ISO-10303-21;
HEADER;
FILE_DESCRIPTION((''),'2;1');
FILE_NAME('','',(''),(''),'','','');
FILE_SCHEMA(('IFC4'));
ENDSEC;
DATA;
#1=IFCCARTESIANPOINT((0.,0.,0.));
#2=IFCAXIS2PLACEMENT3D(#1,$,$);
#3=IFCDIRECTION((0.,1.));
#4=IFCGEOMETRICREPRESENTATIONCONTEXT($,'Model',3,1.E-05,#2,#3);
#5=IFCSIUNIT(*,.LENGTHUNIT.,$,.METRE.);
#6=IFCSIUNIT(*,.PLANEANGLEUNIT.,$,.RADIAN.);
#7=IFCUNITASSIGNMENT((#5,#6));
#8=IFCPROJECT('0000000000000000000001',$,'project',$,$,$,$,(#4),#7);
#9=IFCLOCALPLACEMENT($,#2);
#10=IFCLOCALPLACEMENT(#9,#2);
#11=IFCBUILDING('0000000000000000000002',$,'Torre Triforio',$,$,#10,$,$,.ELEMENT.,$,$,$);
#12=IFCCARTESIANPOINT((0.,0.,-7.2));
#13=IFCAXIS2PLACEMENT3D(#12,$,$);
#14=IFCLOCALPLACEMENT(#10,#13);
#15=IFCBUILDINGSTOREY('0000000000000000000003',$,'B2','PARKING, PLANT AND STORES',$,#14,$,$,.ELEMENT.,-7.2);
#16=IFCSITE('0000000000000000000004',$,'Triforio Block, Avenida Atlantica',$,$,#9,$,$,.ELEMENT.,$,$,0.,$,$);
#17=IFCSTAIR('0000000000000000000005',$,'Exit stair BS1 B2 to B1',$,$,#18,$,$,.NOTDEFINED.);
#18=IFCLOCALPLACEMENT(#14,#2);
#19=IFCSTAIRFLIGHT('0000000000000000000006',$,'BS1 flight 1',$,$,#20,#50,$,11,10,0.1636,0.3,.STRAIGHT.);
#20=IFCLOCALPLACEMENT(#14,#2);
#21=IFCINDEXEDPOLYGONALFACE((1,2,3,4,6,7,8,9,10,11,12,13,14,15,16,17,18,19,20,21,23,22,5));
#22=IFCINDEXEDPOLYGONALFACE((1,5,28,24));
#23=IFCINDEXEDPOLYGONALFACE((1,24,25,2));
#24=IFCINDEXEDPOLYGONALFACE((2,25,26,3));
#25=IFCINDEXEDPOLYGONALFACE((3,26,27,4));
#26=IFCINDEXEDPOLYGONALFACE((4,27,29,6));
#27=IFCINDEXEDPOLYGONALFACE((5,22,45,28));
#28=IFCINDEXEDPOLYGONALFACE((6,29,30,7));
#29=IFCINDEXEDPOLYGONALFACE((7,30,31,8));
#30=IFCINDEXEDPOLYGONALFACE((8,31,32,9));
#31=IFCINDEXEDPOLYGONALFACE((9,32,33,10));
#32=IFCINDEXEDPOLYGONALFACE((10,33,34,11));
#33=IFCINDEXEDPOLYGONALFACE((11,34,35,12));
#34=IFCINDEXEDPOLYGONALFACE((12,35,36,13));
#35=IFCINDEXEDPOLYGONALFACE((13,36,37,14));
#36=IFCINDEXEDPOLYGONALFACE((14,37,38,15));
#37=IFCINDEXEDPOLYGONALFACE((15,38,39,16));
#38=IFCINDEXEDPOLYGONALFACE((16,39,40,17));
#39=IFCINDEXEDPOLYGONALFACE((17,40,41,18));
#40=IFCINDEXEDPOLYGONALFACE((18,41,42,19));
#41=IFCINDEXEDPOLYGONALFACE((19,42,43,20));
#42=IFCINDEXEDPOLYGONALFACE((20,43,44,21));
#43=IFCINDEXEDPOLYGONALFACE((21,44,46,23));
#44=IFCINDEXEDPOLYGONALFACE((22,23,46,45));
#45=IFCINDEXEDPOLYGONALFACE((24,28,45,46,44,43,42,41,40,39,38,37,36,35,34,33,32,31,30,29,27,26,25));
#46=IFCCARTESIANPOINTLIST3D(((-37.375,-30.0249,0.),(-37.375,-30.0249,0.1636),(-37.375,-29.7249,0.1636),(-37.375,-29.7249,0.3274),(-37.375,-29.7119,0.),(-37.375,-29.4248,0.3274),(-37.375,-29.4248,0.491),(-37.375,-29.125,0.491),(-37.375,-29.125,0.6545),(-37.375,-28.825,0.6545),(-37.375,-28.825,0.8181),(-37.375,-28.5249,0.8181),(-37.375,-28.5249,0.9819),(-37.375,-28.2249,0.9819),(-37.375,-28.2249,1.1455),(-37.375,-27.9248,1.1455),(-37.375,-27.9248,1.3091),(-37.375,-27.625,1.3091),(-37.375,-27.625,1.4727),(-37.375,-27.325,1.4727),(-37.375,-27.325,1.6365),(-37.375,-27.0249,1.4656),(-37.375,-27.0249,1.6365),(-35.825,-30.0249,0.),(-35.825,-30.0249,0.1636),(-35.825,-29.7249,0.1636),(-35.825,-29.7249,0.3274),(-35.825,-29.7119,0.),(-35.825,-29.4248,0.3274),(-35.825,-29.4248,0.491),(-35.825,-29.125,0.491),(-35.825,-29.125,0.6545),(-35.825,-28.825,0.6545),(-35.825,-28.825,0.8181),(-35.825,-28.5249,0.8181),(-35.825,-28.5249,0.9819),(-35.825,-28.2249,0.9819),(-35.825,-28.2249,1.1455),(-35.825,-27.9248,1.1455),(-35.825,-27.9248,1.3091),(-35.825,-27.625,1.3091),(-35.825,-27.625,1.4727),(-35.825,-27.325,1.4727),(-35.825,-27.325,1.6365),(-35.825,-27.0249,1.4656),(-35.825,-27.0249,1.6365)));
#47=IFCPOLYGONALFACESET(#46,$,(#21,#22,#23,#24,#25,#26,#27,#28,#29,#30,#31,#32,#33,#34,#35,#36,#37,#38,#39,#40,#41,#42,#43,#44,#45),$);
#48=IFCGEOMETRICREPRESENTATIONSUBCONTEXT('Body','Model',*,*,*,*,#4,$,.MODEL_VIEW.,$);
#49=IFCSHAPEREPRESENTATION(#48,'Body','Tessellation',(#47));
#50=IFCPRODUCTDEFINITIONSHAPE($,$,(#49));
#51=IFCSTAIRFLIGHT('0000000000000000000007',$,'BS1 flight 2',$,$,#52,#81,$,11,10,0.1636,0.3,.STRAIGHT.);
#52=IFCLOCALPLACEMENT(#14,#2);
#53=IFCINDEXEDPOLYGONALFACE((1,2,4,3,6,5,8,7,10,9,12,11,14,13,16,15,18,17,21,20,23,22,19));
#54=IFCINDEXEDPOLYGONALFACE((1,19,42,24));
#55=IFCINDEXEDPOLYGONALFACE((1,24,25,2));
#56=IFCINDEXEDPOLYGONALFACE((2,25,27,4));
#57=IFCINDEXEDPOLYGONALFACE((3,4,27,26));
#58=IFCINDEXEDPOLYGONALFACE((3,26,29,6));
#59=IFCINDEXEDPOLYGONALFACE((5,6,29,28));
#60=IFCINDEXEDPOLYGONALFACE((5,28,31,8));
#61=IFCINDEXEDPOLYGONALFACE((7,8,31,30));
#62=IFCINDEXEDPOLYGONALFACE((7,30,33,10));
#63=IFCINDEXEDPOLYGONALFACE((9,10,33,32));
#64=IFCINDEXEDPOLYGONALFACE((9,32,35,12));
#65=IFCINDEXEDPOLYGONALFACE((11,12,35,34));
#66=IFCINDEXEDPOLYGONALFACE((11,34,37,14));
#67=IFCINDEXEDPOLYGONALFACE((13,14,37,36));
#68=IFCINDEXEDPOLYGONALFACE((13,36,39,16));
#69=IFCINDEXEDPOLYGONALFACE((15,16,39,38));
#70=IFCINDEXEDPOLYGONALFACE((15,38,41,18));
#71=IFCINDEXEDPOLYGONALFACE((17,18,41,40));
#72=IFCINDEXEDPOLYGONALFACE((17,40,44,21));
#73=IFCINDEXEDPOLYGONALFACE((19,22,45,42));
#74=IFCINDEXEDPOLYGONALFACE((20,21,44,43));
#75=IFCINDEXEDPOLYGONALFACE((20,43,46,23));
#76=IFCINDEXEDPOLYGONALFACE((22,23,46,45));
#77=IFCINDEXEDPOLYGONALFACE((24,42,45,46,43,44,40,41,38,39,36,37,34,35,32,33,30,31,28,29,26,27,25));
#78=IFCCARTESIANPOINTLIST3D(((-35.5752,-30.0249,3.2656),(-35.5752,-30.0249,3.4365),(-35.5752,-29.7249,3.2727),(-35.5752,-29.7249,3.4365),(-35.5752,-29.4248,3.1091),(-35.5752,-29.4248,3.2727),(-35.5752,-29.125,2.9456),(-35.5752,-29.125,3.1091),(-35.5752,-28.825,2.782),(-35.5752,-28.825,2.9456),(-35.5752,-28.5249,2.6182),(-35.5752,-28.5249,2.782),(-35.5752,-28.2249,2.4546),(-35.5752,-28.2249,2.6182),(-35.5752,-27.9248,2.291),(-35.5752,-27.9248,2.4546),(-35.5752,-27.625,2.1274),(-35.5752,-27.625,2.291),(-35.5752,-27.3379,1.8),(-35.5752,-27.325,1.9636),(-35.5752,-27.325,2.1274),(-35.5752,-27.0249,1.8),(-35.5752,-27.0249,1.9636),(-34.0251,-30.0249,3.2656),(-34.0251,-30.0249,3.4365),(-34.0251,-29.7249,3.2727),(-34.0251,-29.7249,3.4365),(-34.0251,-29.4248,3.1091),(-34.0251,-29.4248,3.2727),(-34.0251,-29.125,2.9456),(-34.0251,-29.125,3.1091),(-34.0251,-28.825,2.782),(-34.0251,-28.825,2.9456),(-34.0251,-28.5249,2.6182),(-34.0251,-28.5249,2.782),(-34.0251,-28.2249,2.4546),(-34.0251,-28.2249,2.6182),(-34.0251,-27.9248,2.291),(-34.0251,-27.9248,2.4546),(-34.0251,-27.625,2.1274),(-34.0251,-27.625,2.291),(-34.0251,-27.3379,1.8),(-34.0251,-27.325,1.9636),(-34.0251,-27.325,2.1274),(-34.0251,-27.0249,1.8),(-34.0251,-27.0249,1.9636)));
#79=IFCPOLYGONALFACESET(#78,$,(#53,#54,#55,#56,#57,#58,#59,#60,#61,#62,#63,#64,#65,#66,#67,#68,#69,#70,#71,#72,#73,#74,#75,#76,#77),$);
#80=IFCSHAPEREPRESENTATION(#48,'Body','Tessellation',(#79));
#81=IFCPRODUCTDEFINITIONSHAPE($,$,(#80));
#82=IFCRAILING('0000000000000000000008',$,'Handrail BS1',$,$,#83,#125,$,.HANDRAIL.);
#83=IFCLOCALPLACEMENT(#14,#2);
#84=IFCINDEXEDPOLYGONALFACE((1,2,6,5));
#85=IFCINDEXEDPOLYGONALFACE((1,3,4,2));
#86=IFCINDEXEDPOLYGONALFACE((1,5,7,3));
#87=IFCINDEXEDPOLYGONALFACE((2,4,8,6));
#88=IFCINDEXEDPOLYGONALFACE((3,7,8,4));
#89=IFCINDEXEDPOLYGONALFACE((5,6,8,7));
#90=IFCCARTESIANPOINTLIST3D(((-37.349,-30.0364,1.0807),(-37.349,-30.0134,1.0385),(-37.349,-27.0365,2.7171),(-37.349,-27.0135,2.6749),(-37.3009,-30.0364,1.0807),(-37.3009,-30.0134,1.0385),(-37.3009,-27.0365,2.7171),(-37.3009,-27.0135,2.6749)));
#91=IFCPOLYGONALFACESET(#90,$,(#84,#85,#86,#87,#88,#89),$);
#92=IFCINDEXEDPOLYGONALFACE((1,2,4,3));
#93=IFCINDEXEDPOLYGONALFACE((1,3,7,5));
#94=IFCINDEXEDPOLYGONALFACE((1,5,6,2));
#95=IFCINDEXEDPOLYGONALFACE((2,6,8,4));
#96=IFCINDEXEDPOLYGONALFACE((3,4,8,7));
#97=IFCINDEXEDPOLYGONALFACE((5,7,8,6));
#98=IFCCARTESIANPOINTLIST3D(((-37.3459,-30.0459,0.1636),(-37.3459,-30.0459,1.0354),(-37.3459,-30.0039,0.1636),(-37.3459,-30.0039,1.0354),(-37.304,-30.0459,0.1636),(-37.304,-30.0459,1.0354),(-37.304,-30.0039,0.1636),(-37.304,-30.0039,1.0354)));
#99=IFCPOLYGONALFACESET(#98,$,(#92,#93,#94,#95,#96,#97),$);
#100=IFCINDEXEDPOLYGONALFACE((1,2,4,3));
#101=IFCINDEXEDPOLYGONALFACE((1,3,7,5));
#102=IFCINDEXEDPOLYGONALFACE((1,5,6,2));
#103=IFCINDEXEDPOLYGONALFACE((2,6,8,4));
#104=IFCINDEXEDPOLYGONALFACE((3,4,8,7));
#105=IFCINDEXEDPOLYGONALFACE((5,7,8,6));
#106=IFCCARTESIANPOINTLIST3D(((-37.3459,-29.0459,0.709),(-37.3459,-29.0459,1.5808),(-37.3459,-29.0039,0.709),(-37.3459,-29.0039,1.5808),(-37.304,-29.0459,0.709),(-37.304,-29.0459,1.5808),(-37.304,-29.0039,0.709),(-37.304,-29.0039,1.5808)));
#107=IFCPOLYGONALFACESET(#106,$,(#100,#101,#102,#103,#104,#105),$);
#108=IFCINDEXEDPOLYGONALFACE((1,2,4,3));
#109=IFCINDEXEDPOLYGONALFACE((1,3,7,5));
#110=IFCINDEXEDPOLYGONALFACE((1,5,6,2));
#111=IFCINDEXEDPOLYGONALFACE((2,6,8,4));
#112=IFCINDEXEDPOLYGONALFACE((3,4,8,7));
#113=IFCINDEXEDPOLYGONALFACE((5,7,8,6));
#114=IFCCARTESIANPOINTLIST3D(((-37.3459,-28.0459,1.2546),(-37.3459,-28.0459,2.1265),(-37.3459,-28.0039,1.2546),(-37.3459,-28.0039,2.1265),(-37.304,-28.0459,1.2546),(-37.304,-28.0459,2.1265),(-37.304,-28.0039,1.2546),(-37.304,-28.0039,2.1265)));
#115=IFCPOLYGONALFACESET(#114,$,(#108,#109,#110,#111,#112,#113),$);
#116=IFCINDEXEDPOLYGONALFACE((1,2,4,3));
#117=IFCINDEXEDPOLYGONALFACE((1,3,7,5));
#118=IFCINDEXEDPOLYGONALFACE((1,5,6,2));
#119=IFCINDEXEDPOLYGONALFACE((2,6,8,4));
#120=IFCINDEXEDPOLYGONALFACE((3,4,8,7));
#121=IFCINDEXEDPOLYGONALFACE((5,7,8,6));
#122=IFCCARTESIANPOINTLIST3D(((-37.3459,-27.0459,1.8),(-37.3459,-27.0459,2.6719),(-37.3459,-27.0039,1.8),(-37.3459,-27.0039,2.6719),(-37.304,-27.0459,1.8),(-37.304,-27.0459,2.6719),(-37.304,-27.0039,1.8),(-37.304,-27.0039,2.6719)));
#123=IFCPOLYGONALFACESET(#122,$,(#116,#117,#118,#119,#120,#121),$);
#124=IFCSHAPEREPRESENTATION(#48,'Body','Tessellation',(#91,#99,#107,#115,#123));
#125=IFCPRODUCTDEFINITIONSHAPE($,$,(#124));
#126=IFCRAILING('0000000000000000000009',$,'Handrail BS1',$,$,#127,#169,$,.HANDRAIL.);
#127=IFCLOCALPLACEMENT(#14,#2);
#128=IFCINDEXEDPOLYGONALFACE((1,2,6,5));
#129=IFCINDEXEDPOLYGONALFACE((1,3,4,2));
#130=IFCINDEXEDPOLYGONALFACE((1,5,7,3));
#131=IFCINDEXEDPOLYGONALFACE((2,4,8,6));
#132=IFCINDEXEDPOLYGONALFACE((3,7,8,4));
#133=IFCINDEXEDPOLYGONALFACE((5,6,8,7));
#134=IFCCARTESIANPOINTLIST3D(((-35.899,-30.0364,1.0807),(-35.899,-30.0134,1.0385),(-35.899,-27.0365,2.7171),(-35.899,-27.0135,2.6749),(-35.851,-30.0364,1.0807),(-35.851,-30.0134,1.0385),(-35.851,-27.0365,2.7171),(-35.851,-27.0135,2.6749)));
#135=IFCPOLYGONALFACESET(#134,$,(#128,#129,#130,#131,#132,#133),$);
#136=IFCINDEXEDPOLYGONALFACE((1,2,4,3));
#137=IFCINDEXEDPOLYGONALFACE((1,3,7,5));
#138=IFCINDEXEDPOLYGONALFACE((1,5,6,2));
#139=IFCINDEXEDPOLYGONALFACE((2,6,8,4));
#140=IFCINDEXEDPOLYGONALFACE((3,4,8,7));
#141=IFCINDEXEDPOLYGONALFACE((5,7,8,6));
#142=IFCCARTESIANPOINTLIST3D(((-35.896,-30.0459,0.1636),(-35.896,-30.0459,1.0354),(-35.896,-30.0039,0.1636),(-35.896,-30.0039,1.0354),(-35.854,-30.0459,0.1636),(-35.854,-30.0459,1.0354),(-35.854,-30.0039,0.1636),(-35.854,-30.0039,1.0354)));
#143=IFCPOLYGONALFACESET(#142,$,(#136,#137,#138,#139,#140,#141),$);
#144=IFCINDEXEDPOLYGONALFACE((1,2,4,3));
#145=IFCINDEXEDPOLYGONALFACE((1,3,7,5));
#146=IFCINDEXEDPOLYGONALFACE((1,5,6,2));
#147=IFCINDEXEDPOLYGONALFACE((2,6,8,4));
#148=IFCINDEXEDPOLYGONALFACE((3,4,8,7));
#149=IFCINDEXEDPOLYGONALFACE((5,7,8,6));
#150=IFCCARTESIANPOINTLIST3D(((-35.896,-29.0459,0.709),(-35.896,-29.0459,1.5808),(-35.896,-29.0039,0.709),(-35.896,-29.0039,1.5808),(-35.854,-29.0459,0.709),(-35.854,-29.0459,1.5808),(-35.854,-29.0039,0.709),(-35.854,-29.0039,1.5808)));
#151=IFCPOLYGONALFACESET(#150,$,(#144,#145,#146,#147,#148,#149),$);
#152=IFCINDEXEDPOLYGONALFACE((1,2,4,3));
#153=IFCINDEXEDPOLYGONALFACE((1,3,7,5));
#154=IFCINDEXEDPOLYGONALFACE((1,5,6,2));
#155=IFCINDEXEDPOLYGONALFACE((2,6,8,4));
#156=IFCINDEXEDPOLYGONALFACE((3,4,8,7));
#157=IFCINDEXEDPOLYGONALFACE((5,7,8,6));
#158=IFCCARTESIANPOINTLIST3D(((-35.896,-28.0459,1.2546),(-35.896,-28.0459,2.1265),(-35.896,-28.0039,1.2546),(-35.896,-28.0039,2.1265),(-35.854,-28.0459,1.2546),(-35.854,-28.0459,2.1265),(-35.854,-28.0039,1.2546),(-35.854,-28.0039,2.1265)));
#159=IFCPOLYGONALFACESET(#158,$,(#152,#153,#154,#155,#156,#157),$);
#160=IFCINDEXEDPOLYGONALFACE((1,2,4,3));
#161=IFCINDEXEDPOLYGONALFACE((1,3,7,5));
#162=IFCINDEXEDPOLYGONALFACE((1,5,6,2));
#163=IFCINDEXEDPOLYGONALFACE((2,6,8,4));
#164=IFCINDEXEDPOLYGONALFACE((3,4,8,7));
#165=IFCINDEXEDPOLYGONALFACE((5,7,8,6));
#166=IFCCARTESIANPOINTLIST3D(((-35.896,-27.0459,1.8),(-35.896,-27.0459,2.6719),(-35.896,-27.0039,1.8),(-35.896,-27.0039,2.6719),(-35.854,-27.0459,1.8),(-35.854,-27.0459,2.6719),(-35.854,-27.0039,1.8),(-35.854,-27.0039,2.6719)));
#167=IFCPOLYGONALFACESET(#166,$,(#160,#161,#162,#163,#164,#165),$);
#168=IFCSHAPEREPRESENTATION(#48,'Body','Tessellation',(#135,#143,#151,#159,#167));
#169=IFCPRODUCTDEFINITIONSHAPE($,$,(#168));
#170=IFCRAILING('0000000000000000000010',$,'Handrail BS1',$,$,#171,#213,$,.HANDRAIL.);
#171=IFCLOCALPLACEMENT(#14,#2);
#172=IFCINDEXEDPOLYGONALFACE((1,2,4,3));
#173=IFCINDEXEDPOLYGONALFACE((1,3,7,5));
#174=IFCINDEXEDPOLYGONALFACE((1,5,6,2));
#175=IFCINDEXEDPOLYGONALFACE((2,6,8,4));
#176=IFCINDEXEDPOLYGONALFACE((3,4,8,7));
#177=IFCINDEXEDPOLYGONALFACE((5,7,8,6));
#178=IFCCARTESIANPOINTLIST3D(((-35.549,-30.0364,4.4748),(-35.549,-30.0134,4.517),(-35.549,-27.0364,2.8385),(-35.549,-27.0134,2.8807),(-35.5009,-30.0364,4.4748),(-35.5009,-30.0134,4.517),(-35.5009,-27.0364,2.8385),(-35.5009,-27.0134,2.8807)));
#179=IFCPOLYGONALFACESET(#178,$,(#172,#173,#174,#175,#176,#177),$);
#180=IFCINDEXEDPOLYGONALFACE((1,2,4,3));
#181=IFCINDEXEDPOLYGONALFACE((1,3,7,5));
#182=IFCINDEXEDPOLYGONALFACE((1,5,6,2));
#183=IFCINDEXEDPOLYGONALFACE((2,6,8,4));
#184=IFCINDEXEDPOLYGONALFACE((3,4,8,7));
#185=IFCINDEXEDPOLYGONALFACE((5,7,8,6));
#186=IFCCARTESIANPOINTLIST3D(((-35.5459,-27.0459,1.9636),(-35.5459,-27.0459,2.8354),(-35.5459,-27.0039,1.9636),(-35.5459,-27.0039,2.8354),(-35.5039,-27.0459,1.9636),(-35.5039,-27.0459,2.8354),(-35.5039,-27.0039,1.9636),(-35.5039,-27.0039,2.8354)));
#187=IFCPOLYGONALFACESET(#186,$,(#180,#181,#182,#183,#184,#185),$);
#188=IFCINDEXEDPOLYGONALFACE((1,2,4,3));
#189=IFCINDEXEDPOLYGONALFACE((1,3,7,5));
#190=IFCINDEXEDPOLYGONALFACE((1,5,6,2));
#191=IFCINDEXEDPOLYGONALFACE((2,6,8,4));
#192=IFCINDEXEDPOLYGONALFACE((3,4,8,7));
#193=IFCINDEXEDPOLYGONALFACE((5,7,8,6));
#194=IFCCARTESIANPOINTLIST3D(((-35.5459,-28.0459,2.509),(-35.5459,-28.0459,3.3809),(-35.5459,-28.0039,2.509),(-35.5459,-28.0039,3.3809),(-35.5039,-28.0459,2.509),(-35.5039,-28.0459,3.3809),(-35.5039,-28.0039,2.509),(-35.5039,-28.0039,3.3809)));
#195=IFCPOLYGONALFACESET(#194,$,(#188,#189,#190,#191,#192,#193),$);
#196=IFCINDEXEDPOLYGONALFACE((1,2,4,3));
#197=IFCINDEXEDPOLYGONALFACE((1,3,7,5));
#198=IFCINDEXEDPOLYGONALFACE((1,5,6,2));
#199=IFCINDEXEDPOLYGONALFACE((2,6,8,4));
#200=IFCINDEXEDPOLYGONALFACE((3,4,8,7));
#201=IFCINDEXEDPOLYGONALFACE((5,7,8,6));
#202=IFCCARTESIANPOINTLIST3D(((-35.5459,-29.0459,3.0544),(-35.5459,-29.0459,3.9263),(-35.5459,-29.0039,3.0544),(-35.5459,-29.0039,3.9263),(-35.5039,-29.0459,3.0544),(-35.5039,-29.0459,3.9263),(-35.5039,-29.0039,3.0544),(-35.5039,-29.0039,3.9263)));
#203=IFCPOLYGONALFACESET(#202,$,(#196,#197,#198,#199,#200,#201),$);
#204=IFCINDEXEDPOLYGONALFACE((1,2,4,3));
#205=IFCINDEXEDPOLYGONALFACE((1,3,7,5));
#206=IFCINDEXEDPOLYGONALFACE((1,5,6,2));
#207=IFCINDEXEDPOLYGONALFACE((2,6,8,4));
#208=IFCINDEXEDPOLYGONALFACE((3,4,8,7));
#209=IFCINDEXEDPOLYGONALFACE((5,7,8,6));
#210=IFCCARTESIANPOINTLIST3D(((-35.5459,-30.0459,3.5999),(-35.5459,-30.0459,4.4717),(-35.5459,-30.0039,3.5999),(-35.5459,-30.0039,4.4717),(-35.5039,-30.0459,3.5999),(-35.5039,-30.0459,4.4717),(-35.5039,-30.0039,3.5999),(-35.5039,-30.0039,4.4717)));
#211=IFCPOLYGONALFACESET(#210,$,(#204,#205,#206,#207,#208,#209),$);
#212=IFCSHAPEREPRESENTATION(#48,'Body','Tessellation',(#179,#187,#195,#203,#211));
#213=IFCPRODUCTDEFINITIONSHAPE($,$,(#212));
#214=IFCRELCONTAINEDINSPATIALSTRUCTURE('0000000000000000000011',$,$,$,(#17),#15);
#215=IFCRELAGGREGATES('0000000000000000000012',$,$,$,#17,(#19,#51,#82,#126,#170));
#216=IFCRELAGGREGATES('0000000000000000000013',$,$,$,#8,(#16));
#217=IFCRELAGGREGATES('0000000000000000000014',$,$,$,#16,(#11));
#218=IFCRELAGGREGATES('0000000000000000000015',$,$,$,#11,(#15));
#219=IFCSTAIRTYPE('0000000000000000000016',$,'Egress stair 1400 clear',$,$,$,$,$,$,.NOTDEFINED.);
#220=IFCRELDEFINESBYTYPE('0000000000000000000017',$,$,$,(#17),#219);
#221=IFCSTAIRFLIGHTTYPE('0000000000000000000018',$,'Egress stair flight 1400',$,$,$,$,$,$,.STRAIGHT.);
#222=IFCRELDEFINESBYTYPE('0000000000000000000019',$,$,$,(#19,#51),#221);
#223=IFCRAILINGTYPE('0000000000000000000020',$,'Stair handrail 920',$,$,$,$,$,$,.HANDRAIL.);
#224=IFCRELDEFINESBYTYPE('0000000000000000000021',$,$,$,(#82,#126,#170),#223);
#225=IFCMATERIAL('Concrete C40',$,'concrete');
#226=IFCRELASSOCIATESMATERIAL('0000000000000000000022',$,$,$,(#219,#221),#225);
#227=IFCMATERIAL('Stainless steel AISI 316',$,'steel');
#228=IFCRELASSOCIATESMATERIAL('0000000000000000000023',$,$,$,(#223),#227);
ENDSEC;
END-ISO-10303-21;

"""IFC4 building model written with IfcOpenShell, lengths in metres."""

from ifc_helpers import new_model, si_unit, direction, frame, origin, origin_2d, place, context, subcontext, project, spatial, polyline, rectangle, outline, extrude, material, type_object, element, aggregate, save


model = new_model("IFC4")

# Units and contexts
model_context = context("Model", 3, precision=1e-05, world=origin(), true_north=direction((0.0, 1.0)))
body_context = subcontext(model_context, "Body", "Model", "MODEL_VIEW")
ifc_project = project(units=[si_unit("LENGTHUNIT", "METRE"), si_unit("PLANEANGLEUNIT", "RADIAN")], contexts=[model_context])

# Site, building, storey
site_placement = place(None, origin())
site = spatial("IfcSite", under=ifc_project, at=site_placement, Name="Triforio Block, Avenida Atlantica", CompositionType="ELEMENT", RefElevation=0.0)
building_placement = place(site_placement, origin())
building = spatial("IfcBuilding", under=site, at=building_placement, Name="Torre Triforio", CompositionType="ELEMENT")
storey_placement = place(building_placement, frame((0.0, 0.0, -7.2)))
storey = spatial("IfcBuildingStorey", under=building, at=storey_placement, Name="B2", Description="PARKING, PLANT AND STORES", CompositionType="ELEMENT", Elevation=-7.2)

# Shared definitions
ifc_material_1 = material(Name="Concrete C40", Category="concrete")

# Stair, stair flights, railings
stair_type = type_object("IfcStairType", Name="Egress stair 1400 clear", PredefinedType="NOTDEFINED", material=ifc_material_1)
stair_placement = place(storey_placement, origin())
stair = element("IfcStair", 1, at=stair_placement, inside=storey, type_object=stair_type, Name="Exit stair BS1 B2 to B1", PredefinedType="NOTDEFINED")
stair_flight_type = type_object("IfcStairFlightType", Name="Egress stair flight 1400", PredefinedType="STRAIGHT", material=ifc_material_1)
stair_flight_1_placement = place(storey_placement, frame((-36.6001, -30.0249, 0.0), z_axis=(0.0, 0.0, 1.0), x_axis=(0.0, 1.0, 0.0)))
stair_flight_1 = element("IfcStairFlight", 2, at=stair_flight_1_placement, type_object=stair_flight_type, Name="BS1 flight 1", NumberOfRisers=11, NumberOfTreads=10, PredefinedType="STRAIGHT", RiserHeight=0.1636, TreadLength=0.3, context=body_context, shape_type="SweptSolid", body=[
    extrude(outline(polyline([(0.0, 0.0), (0.0, 0.1636), (0.3, 0.1636), (0.3, 0.3274), (0.6001, 0.3274), (0.6001, 0.491), (0.8999, 0.491), (0.8999, 0.6545), (1.2, 0.6545), (1.2, 0.8181), (1.5, 0.8181), (1.5, 0.9819), (1.8, 0.9819), (1.8, 1.1455), (2.1001, 1.1455), (2.1001, 1.3091), (2.3999, 1.3091), (2.3999, 1.4727), (2.7, 1.4727), (2.7, 1.6365), (3.0, 1.6365), (3.0, 1.8), (3.0, 1.4656), (0.313, 0.0), (0.0, 0.0)])), frame((0.0, 0.7749, 0.0), z_axis=(0.0, -1.0, 0.0), x_axis=(1.0, 0.0, 0.0)), (0.0, 0.0, 1.0), 1.55),
])
stair_flight_2_placement = place(storey_placement, frame((-34.8, -27.0249, 1.8), z_axis=(0.0, 0.0, 1.0), x_axis=(0.0, -1.0, 0.0)))
stair_flight_2 = element("IfcStairFlight", 3, at=stair_flight_2_placement, type_object=stair_flight_type, Name="BS1 flight 2", NumberOfRisers=11, NumberOfTreads=10, PredefinedType="STRAIGHT", RiserHeight=0.1636, TreadLength=0.3, context=body_context, shape_type="SweptSolid", body=[
    extrude(outline(polyline([(0.0, 0.0), (0.0, 0.1636), (0.3, 0.1636), (0.3, 0.3274), (0.6001, 0.3274), (0.6001, 0.491), (0.8999, 0.491), (0.8999, 0.6545), (1.2, 0.6545), (1.2, 0.8181), (1.5, 0.8181), (1.5, 0.9819), (1.8, 0.9819), (1.8, 1.1455), (2.1001, 1.1455), (2.1001, 1.3091), (2.3999, 1.3091), (2.3999, 1.4727), (2.7, 1.4727), (2.7, 1.6365), (3.0, 1.6365), (3.0, 1.8), (3.0, 1.4656), (0.313, 0.0), (0.0, 0.0)])), frame((0.0, 0.7749, 0.0), z_axis=(0.0, -1.0, 0.0), x_axis=(1.0, 0.0, 0.0)), (0.0, 0.0, 1.0), 1.55),
])
ifc_material_2 = material(Name="Stainless steel AISI 316", Category="steel")
railing_type_1 = type_object("IfcRailingType", Name="Stair handrail 920", PredefinedType="HANDRAIL", material=ifc_material_2)
railing_1_placement = place(storey_placement, frame((-37.325, -30.0249, 0.1636)))
railing_1 = element("IfcRailing", 4, at=railing_1_placement, type_object=railing_type_1, Name="Handrail BS1", PredefinedType="HANDRAIL", context=body_context, shape_type="SweptSolid", body=[
    extrude(rectangle(XDim=0.0481, YDim=0.0481, at=origin_2d()), frame((0.0, 0.0, 0.896), z_axis=(0.0, 0.877882, 0.478877), x_axis=(-1.0, 0.0, 0.0)), (0.0, 0.0, 1.0), 3.4172),
    extrude(rectangle(XDim=0.042, YDim=0.042, at=origin_2d()), origin(), (0.0, 0.0, 1.0), 0.8718),
    extrude(rectangle(XDim=0.042, YDim=0.042, at=origin_2d()), frame((0.0, 1.0, 0.5454)), (0.0, 0.0, 1.0), 0.8718),
    extrude(rectangle(XDim=0.042, YDim=0.042, at=origin_2d()), frame((0.0, 2.0, 1.0911)), (0.0, 0.0, 1.0), 0.8718),
    extrude(rectangle(XDim=0.042, YDim=0.042, at=origin_2d()), frame((0.0, 3.0, 1.6365)), (0.0, 0.0, 1.0), 0.8718),
])
railing_2_placement = place(storey_placement, frame((-35.875, -30.0249, 0.1636)))
railing_2 = element("IfcRailing", 5, at=railing_2_placement, type_object=railing_type_1, Name="Handrail BS1", PredefinedType="HANDRAIL", context=body_context, shape_type="SweptSolid", body=[
    extrude(rectangle(XDim=0.0481, YDim=0.0481, at=origin_2d()), frame((0.0, 0.0, 0.896), z_axis=(0.0, 0.877882, 0.478877), x_axis=(-1.0, 0.0, 0.0)), (0.0, 0.0, 1.0), 3.4172),
    extrude(rectangle(XDim=0.042, YDim=0.042, at=origin_2d()), origin(), (0.0, 0.0, 1.0), 0.8718),
    extrude(rectangle(XDim=0.042, YDim=0.042, at=origin_2d()), frame((0.0, 1.0, 0.5454)), (0.0, 0.0, 1.0), 0.8718),
    extrude(rectangle(XDim=0.042, YDim=0.042, at=origin_2d()), frame((0.0, 2.0, 1.0911)), (0.0, 0.0, 1.0), 0.8718),
    extrude(rectangle(XDim=0.042, YDim=0.042, at=origin_2d()), frame((0.0, 3.0, 1.6365)), (0.0, 0.0, 1.0), 0.8718),
])
railing_3_placement = place(storey_placement, frame((-35.5249, -27.0249, 1.9636)))
railing_3 = element("IfcRailing", 6, at=railing_3_placement, type_object=railing_type_1, Name="Handrail BS1", PredefinedType="HANDRAIL", context=body_context, shape_type="SweptSolid", body=[
    extrude(rectangle(XDim=0.0481, YDim=0.0481, at=origin_2d()), frame((0.0, 0.0, 0.896), z_axis=(0.0, -0.877912, 0.478822), x_axis=(1.0, 0.0, 0.0)), (0.0, 0.0, 1.0), 3.4172),
    extrude(rectangle(XDim=0.042, YDim=0.042, at=origin_2d()), origin(), (0.0, 0.0, 1.0), 0.8718),
    extrude(rectangle(XDim=0.042, YDim=0.042, at=origin_2d()), frame((0.0, -1.0, 0.5454)), (0.0, 0.0, 1.0), 0.8718),
    extrude(rectangle(XDim=0.042, YDim=0.042, at=origin_2d()), frame((0.0, -2.0, 1.0908)), (0.0, 0.0, 1.0), 0.8718),
    extrude(rectangle(XDim=0.042, YDim=0.042, at=origin_2d()), frame((0.0, -3.0, 1.6362)), (0.0, 0.0, 1.0), 0.8718),
])
aggregate(stair, [stair_flight_1, stair_flight_2, railing_1, railing_2, railing_3])

save(model, "model.ifc")
